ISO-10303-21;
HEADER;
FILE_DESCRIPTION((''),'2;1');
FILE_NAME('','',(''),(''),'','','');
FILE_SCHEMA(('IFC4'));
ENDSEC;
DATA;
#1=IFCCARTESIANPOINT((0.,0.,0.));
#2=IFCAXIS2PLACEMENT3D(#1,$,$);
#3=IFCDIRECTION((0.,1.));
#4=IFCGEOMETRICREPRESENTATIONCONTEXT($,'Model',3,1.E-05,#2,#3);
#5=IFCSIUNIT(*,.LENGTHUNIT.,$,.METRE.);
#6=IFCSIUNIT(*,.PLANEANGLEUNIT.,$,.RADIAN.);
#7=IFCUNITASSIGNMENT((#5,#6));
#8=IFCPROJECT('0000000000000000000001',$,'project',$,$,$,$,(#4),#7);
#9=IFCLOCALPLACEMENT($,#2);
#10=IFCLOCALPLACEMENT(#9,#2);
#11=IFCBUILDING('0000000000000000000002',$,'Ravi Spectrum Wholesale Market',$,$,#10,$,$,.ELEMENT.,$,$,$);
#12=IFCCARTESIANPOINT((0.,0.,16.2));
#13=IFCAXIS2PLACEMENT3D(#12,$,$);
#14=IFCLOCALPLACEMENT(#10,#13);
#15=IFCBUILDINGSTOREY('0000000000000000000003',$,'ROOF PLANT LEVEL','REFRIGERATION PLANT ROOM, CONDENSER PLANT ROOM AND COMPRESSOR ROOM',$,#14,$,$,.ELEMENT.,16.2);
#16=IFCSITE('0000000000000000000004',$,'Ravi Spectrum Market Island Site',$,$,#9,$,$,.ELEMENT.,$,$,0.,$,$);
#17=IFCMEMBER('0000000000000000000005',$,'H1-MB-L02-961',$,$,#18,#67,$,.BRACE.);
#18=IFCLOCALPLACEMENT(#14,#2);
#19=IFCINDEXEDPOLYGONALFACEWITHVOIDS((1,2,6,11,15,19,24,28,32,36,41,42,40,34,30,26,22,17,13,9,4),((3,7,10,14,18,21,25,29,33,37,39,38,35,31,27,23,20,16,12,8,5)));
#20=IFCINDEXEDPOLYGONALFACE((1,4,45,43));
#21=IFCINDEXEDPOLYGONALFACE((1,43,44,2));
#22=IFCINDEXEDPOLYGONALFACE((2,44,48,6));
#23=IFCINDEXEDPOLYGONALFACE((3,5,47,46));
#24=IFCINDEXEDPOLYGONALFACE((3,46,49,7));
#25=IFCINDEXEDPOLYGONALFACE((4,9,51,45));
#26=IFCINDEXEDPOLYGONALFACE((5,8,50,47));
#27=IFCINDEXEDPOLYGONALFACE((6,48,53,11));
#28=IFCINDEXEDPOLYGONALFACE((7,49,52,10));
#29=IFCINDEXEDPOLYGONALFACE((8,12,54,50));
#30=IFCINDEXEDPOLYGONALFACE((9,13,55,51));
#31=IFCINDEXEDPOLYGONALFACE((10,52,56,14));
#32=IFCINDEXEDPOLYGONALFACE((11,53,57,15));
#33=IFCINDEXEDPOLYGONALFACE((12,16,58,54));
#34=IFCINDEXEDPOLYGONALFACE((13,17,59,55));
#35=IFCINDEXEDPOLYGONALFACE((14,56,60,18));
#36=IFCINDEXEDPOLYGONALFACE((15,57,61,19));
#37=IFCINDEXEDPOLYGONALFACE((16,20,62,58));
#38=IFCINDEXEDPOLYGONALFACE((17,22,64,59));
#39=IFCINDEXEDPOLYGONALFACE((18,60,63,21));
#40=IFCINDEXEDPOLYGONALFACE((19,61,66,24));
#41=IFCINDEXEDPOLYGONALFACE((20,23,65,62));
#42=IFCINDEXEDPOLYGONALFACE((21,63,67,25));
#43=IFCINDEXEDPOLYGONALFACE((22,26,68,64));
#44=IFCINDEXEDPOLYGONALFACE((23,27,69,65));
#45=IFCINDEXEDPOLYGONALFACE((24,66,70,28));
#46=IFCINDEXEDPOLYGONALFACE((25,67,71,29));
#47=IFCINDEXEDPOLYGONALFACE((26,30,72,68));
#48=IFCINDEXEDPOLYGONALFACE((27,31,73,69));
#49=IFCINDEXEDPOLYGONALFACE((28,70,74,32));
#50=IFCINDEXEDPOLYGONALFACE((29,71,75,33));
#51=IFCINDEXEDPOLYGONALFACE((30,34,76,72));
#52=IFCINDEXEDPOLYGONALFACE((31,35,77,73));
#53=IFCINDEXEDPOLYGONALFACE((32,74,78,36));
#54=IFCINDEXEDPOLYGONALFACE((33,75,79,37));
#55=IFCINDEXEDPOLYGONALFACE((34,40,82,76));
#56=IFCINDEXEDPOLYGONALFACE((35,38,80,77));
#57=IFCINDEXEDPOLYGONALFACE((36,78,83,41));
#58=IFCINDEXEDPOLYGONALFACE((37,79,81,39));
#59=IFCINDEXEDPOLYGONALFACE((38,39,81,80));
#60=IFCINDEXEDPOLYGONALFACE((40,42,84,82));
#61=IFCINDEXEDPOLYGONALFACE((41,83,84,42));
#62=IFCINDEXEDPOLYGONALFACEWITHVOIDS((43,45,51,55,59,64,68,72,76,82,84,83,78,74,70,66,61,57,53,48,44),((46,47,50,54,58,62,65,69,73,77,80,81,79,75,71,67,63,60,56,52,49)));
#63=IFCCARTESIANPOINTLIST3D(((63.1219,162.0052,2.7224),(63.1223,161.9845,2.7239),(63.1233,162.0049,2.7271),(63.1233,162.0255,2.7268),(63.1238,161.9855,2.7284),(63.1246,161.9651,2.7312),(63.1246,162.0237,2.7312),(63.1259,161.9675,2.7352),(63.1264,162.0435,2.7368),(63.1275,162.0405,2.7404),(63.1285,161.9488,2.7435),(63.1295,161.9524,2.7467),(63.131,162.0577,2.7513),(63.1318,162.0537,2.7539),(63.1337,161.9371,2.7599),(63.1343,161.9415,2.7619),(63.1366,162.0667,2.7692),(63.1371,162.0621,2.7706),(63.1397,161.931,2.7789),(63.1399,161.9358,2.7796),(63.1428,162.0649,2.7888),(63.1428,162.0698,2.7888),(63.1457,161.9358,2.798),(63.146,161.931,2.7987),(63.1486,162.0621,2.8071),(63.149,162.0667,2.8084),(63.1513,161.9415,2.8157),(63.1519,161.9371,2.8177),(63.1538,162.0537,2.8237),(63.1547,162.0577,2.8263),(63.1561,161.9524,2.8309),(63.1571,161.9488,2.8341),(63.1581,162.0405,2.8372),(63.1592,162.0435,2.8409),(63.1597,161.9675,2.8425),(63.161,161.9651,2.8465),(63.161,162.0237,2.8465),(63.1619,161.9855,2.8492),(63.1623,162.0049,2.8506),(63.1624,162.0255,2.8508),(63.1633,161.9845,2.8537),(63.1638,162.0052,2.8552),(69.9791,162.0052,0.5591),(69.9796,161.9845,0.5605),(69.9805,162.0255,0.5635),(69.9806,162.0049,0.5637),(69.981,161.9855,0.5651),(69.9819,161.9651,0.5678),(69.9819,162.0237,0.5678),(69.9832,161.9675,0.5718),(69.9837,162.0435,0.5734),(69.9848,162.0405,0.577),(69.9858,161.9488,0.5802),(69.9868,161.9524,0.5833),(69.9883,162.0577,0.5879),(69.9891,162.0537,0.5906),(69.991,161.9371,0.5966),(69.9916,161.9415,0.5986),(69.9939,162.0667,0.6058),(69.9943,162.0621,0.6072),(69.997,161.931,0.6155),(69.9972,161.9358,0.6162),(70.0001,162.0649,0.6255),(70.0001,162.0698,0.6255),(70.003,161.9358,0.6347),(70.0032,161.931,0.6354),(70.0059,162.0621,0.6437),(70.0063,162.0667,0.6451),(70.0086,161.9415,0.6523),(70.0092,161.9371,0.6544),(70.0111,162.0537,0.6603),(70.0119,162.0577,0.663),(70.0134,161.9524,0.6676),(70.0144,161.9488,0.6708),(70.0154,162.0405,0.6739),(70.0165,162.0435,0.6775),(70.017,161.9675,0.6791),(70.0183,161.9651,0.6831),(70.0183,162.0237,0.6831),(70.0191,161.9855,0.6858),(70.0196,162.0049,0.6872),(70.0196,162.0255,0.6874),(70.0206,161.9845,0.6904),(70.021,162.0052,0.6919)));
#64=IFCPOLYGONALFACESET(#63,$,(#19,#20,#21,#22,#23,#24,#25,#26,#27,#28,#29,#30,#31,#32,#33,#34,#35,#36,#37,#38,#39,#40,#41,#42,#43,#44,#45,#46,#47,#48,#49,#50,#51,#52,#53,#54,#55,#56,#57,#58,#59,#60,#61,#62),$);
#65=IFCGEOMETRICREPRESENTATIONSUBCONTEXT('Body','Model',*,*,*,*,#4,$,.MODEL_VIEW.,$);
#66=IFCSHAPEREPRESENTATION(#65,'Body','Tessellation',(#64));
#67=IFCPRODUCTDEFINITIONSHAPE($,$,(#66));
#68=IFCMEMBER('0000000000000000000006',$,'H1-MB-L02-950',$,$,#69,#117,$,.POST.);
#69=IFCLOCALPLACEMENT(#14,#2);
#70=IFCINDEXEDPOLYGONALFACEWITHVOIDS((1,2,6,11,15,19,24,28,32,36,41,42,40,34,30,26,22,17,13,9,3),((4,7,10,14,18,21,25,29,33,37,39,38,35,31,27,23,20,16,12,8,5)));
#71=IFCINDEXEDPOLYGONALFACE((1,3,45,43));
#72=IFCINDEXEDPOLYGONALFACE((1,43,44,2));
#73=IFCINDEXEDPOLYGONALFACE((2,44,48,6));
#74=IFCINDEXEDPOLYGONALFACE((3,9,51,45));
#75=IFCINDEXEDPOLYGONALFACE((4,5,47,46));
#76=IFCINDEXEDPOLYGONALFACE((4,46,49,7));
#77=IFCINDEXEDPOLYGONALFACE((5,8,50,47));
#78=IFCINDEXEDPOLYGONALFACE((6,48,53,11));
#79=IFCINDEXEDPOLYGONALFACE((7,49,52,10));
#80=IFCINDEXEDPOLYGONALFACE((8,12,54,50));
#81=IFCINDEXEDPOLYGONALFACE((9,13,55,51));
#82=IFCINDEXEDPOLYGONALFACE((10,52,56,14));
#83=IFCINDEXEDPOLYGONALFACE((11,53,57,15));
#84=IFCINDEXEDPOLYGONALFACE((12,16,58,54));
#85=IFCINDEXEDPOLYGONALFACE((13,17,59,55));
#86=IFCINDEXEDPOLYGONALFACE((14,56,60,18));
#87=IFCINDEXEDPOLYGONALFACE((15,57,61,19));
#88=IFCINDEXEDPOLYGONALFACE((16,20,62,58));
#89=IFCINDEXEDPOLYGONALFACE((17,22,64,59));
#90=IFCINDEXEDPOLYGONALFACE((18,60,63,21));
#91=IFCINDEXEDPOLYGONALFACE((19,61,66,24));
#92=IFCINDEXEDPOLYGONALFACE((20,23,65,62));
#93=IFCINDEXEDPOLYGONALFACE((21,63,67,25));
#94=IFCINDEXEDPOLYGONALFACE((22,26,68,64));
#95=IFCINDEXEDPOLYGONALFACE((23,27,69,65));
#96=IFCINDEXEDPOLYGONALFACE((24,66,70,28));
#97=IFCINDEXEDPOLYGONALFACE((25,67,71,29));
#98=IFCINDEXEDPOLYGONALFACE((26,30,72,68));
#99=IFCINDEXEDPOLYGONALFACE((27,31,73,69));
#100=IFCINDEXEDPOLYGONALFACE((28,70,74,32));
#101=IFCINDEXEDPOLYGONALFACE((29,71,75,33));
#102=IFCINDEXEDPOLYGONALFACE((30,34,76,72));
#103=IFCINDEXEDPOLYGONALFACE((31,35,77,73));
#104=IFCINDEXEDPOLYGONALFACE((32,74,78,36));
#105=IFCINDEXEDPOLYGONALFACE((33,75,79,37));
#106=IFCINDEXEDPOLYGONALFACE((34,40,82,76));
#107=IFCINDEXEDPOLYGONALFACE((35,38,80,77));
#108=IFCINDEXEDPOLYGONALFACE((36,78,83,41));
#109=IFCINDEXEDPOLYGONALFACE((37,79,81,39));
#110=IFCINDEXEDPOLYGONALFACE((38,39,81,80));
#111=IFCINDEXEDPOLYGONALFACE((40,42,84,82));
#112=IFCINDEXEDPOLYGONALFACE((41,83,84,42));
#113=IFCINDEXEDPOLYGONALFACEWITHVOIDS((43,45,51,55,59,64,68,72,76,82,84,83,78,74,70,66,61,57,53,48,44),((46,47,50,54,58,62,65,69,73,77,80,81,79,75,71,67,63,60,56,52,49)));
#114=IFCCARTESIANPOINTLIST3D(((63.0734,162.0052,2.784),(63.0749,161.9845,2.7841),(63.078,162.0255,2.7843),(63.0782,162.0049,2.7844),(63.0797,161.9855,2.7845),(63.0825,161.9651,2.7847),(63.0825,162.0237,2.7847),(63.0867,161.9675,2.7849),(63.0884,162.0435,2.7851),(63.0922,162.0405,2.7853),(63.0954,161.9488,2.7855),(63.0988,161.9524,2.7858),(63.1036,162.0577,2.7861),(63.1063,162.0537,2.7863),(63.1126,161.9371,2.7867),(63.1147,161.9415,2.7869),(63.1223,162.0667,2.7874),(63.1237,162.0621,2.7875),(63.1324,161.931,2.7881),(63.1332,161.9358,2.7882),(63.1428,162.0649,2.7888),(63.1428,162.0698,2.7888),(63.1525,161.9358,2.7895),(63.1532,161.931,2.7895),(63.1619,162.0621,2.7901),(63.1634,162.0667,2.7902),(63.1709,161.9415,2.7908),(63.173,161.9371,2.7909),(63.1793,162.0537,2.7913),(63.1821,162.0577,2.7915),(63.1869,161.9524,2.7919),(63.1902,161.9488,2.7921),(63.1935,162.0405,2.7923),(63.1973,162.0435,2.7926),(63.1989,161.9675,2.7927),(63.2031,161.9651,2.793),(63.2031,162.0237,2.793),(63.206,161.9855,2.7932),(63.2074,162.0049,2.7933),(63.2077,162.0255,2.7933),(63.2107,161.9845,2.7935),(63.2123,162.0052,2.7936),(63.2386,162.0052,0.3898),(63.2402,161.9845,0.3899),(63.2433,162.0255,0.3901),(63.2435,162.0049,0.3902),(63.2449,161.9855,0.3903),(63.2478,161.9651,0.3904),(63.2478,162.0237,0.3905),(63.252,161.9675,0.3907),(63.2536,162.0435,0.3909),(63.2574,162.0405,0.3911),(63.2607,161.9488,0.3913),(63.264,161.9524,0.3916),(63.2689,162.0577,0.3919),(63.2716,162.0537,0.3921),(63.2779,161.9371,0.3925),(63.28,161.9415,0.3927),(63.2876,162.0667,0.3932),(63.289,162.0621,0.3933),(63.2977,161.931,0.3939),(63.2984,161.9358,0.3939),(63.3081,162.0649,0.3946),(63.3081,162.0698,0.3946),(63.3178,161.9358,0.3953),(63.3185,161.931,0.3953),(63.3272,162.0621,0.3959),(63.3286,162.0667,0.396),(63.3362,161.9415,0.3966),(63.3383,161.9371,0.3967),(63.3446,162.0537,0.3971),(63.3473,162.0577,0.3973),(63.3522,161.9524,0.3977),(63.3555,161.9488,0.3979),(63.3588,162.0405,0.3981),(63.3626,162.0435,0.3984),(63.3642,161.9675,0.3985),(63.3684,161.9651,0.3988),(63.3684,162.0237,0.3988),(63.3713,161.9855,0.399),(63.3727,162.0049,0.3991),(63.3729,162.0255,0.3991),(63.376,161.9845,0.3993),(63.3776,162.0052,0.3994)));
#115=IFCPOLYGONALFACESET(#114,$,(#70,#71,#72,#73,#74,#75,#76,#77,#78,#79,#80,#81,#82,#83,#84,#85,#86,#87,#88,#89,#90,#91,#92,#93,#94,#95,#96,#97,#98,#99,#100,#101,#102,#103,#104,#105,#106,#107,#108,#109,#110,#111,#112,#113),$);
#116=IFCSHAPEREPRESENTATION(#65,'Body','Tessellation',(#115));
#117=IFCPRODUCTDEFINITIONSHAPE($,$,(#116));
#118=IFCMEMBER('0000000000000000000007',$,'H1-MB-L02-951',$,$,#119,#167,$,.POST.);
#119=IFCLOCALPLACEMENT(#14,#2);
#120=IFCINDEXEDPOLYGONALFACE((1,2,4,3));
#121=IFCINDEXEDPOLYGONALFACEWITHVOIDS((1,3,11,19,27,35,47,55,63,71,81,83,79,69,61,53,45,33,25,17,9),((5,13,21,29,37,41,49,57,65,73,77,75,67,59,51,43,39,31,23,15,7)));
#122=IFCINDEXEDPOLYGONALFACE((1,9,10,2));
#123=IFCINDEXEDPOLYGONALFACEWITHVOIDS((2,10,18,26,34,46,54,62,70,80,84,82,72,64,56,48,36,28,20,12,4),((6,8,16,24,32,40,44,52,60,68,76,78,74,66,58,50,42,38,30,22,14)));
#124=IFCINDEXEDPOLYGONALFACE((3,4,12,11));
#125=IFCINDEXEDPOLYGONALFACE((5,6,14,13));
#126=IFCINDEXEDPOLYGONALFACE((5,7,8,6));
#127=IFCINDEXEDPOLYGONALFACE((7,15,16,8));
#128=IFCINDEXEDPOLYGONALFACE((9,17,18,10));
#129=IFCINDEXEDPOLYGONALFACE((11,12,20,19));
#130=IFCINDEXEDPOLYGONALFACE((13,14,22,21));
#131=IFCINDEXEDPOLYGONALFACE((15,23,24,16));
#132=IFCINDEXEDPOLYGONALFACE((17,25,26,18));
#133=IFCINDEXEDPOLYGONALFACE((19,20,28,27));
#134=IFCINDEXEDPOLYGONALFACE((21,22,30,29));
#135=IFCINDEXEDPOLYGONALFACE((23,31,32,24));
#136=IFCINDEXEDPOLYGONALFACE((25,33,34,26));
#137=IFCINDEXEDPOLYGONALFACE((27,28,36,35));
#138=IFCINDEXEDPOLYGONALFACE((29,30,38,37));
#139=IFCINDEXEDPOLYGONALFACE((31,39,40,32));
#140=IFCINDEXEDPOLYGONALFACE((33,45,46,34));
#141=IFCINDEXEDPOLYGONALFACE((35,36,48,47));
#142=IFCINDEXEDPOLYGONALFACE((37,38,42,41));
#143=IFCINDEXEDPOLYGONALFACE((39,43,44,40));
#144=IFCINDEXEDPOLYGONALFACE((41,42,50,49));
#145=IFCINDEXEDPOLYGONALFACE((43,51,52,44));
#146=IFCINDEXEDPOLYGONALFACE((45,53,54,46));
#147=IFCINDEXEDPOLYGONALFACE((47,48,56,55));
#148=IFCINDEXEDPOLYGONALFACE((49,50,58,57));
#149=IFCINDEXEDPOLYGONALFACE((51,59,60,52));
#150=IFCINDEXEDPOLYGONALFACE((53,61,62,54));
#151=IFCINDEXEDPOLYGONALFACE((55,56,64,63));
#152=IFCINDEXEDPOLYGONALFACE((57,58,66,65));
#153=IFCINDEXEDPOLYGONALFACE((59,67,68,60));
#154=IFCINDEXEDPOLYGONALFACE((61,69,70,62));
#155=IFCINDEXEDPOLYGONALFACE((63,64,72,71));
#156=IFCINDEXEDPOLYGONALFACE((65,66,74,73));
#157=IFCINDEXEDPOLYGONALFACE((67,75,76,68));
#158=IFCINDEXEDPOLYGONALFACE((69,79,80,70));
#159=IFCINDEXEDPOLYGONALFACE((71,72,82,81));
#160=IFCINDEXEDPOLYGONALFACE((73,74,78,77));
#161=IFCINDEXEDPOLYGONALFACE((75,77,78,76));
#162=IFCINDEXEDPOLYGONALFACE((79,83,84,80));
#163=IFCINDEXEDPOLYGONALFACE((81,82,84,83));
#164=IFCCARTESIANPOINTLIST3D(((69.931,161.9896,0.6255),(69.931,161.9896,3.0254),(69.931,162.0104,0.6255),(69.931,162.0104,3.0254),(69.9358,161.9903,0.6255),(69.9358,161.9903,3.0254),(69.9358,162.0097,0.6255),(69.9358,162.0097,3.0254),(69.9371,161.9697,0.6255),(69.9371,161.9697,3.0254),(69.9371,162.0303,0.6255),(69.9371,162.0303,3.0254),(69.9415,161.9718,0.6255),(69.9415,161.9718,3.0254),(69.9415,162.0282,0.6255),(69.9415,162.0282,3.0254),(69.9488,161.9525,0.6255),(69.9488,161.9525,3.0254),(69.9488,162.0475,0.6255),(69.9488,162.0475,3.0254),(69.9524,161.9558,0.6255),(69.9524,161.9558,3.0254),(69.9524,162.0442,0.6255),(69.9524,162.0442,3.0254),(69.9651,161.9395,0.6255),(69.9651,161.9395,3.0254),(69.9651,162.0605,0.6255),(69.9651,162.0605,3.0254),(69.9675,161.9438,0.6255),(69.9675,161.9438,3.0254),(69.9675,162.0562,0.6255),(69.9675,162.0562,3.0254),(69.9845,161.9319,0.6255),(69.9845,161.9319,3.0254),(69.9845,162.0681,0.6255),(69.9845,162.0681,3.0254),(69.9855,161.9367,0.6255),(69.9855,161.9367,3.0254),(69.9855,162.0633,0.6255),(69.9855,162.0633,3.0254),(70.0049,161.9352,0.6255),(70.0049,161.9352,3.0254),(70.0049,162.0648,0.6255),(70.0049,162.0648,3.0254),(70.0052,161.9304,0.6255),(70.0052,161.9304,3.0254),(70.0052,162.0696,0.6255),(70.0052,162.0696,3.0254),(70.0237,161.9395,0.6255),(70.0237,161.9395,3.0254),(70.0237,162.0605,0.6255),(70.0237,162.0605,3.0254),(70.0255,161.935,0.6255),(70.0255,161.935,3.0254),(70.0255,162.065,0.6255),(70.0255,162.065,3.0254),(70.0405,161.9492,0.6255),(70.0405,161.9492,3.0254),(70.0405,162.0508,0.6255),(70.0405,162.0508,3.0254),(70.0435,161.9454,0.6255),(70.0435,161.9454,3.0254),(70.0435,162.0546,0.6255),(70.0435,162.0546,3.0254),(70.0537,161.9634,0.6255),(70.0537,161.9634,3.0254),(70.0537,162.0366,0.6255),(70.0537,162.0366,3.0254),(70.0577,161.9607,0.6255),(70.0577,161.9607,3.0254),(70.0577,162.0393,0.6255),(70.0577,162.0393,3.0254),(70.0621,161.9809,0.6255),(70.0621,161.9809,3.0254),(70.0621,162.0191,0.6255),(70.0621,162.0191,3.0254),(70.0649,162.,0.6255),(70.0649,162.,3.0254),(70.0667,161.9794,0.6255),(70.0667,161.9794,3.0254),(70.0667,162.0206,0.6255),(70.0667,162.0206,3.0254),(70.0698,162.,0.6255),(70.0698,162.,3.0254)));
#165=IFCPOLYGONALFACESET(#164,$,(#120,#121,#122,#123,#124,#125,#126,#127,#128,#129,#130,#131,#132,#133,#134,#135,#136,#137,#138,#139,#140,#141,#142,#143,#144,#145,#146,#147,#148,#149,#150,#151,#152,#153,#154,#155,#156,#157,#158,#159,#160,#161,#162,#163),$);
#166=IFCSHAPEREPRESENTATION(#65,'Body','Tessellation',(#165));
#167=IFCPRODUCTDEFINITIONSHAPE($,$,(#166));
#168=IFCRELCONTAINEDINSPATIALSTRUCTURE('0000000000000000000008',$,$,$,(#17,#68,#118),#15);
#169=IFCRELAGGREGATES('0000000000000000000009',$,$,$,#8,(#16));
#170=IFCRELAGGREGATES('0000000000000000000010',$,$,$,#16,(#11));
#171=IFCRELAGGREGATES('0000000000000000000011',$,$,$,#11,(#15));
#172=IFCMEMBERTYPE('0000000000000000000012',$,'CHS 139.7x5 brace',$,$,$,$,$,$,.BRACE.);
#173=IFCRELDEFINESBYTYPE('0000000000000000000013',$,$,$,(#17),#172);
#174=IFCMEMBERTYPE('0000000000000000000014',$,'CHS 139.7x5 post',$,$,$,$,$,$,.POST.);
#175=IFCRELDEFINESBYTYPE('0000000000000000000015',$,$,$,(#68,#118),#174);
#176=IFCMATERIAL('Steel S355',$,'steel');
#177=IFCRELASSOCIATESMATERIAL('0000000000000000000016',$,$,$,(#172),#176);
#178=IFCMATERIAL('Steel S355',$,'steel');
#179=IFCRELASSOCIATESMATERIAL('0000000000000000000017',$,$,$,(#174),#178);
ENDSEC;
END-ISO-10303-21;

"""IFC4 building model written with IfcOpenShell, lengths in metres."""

from ifc_helpers import new_model, si_unit, direction, frame, origin, origin_2d, place, context, subcontext, project, spatial, hollow_circle, extrude, material, material_profile, profile_set, type_object, element, save


model = new_model("IFC4")

# Units and contexts
model_context = context("Model", 3, precision=1e-05, world=origin(), true_north=direction((0.0, 1.0)))
body_context = subcontext(model_context, "Body", "Model", "MODEL_VIEW")
ifc_project = project(units=[si_unit("LENGTHUNIT", "METRE"), si_unit("PLANEANGLEUNIT", "RADIAN")], contexts=[model_context])

# Site, building, storey
site_placement = place(None, origin())
site = spatial("IfcSite", under=ifc_project, at=site_placement, Name="Ravi Spectrum Market Island Site", CompositionType="ELEMENT", RefElevation=0.0)
building_placement = place(site_placement, origin())
building = spatial("IfcBuilding", under=site, at=building_placement, Name="Ravi Spectrum Wholesale Market", CompositionType="ELEMENT")
storey_placement = place(building_placement, frame((0.0, 0.0, 16.2)))
storey = spatial("IfcBuildingStorey", under=building, at=storey_placement, Name="ROOF PLANT LEVEL", Description="REFRIGERATION PLANT ROOM, CONDENSER PLANT ROOM AND COMPRESSOR ROOM", CompositionType="ELEMENT", Elevation=16.2)

# Members
ifc_material_1 = material(Name="Steel S355", Category="steel")
ifc_material_profile_1 = material_profile(ifc_material_1, hollow_circle(Radius=0.0698, WallThickness=0.0049, at=origin_2d()))
ifc_profile_set_1 = profile_set([ifc_material_profile_1], Name="Steel S355")
member_type_1 = type_object("IfcMemberType", Name="CHS 139.7x5 brace", PredefinedType="BRACE", material=ifc_profile_set_1)
member_1_placement = place(storey_placement, frame((63.1428, 162.0, 2.7888), z_axis=(0.953666, 0.0, -0.300866), x_axis=(0.0, 1.0, 0.0)))
element("IfcMember", 1, at=member_1_placement, inside=storey, type_object=member_type_1, Name="H1-MB-L02-961", PredefinedType="BRACE", context=body_context, shape_type="SweptSolid", body=[
    extrude(hollow_circle(Radius=0.0698, WallThickness=0.0049, at=origin_2d()), origin(), (0.0, 0.0, 1.0), 7.1904),
])
ifc_material_2 = material(Name="Steel S355", Category="steel")
ifc_material_profile_2 = material_profile(ifc_material_2, hollow_circle(Radius=0.0698, WallThickness=0.0049, at=origin_2d()))
ifc_profile_set_2 = profile_set([ifc_material_profile_2], Name="Steel S355")
member_type_2 = type_object("IfcMemberType", Name="CHS 139.7x5 post", PredefinedType="POST", material=ifc_profile_set_2)
for number, where, z_axis, x_axis, name in (
    (2, (63.1428, 162.0, 2.7888), (0.068868, 0.0, -0.997626), (0.0, 1.0, 0.0), "H1-MB-L02-950"),
    (3, (70.0, 162.0, 3.0254), (0.0, 0.0, -1.0), (1.0, 0.0, 0.0), "H1-MB-L02-951"),
):
    element("IfcMember", number, at=place(storey_placement, frame(where, z_axis=z_axis, x_axis=x_axis)), inside=storey, type_object=member_type_2, Name=name, PredefinedType="POST", context=body_context, shape_type="SweptSolid", body=[
        extrude(hollow_circle(Radius=0.0698, WallThickness=0.0049, at=origin_2d()), origin(), (0.0, 0.0, 1.0), 2.3999),
    ])

save(model, "model.ifc")
